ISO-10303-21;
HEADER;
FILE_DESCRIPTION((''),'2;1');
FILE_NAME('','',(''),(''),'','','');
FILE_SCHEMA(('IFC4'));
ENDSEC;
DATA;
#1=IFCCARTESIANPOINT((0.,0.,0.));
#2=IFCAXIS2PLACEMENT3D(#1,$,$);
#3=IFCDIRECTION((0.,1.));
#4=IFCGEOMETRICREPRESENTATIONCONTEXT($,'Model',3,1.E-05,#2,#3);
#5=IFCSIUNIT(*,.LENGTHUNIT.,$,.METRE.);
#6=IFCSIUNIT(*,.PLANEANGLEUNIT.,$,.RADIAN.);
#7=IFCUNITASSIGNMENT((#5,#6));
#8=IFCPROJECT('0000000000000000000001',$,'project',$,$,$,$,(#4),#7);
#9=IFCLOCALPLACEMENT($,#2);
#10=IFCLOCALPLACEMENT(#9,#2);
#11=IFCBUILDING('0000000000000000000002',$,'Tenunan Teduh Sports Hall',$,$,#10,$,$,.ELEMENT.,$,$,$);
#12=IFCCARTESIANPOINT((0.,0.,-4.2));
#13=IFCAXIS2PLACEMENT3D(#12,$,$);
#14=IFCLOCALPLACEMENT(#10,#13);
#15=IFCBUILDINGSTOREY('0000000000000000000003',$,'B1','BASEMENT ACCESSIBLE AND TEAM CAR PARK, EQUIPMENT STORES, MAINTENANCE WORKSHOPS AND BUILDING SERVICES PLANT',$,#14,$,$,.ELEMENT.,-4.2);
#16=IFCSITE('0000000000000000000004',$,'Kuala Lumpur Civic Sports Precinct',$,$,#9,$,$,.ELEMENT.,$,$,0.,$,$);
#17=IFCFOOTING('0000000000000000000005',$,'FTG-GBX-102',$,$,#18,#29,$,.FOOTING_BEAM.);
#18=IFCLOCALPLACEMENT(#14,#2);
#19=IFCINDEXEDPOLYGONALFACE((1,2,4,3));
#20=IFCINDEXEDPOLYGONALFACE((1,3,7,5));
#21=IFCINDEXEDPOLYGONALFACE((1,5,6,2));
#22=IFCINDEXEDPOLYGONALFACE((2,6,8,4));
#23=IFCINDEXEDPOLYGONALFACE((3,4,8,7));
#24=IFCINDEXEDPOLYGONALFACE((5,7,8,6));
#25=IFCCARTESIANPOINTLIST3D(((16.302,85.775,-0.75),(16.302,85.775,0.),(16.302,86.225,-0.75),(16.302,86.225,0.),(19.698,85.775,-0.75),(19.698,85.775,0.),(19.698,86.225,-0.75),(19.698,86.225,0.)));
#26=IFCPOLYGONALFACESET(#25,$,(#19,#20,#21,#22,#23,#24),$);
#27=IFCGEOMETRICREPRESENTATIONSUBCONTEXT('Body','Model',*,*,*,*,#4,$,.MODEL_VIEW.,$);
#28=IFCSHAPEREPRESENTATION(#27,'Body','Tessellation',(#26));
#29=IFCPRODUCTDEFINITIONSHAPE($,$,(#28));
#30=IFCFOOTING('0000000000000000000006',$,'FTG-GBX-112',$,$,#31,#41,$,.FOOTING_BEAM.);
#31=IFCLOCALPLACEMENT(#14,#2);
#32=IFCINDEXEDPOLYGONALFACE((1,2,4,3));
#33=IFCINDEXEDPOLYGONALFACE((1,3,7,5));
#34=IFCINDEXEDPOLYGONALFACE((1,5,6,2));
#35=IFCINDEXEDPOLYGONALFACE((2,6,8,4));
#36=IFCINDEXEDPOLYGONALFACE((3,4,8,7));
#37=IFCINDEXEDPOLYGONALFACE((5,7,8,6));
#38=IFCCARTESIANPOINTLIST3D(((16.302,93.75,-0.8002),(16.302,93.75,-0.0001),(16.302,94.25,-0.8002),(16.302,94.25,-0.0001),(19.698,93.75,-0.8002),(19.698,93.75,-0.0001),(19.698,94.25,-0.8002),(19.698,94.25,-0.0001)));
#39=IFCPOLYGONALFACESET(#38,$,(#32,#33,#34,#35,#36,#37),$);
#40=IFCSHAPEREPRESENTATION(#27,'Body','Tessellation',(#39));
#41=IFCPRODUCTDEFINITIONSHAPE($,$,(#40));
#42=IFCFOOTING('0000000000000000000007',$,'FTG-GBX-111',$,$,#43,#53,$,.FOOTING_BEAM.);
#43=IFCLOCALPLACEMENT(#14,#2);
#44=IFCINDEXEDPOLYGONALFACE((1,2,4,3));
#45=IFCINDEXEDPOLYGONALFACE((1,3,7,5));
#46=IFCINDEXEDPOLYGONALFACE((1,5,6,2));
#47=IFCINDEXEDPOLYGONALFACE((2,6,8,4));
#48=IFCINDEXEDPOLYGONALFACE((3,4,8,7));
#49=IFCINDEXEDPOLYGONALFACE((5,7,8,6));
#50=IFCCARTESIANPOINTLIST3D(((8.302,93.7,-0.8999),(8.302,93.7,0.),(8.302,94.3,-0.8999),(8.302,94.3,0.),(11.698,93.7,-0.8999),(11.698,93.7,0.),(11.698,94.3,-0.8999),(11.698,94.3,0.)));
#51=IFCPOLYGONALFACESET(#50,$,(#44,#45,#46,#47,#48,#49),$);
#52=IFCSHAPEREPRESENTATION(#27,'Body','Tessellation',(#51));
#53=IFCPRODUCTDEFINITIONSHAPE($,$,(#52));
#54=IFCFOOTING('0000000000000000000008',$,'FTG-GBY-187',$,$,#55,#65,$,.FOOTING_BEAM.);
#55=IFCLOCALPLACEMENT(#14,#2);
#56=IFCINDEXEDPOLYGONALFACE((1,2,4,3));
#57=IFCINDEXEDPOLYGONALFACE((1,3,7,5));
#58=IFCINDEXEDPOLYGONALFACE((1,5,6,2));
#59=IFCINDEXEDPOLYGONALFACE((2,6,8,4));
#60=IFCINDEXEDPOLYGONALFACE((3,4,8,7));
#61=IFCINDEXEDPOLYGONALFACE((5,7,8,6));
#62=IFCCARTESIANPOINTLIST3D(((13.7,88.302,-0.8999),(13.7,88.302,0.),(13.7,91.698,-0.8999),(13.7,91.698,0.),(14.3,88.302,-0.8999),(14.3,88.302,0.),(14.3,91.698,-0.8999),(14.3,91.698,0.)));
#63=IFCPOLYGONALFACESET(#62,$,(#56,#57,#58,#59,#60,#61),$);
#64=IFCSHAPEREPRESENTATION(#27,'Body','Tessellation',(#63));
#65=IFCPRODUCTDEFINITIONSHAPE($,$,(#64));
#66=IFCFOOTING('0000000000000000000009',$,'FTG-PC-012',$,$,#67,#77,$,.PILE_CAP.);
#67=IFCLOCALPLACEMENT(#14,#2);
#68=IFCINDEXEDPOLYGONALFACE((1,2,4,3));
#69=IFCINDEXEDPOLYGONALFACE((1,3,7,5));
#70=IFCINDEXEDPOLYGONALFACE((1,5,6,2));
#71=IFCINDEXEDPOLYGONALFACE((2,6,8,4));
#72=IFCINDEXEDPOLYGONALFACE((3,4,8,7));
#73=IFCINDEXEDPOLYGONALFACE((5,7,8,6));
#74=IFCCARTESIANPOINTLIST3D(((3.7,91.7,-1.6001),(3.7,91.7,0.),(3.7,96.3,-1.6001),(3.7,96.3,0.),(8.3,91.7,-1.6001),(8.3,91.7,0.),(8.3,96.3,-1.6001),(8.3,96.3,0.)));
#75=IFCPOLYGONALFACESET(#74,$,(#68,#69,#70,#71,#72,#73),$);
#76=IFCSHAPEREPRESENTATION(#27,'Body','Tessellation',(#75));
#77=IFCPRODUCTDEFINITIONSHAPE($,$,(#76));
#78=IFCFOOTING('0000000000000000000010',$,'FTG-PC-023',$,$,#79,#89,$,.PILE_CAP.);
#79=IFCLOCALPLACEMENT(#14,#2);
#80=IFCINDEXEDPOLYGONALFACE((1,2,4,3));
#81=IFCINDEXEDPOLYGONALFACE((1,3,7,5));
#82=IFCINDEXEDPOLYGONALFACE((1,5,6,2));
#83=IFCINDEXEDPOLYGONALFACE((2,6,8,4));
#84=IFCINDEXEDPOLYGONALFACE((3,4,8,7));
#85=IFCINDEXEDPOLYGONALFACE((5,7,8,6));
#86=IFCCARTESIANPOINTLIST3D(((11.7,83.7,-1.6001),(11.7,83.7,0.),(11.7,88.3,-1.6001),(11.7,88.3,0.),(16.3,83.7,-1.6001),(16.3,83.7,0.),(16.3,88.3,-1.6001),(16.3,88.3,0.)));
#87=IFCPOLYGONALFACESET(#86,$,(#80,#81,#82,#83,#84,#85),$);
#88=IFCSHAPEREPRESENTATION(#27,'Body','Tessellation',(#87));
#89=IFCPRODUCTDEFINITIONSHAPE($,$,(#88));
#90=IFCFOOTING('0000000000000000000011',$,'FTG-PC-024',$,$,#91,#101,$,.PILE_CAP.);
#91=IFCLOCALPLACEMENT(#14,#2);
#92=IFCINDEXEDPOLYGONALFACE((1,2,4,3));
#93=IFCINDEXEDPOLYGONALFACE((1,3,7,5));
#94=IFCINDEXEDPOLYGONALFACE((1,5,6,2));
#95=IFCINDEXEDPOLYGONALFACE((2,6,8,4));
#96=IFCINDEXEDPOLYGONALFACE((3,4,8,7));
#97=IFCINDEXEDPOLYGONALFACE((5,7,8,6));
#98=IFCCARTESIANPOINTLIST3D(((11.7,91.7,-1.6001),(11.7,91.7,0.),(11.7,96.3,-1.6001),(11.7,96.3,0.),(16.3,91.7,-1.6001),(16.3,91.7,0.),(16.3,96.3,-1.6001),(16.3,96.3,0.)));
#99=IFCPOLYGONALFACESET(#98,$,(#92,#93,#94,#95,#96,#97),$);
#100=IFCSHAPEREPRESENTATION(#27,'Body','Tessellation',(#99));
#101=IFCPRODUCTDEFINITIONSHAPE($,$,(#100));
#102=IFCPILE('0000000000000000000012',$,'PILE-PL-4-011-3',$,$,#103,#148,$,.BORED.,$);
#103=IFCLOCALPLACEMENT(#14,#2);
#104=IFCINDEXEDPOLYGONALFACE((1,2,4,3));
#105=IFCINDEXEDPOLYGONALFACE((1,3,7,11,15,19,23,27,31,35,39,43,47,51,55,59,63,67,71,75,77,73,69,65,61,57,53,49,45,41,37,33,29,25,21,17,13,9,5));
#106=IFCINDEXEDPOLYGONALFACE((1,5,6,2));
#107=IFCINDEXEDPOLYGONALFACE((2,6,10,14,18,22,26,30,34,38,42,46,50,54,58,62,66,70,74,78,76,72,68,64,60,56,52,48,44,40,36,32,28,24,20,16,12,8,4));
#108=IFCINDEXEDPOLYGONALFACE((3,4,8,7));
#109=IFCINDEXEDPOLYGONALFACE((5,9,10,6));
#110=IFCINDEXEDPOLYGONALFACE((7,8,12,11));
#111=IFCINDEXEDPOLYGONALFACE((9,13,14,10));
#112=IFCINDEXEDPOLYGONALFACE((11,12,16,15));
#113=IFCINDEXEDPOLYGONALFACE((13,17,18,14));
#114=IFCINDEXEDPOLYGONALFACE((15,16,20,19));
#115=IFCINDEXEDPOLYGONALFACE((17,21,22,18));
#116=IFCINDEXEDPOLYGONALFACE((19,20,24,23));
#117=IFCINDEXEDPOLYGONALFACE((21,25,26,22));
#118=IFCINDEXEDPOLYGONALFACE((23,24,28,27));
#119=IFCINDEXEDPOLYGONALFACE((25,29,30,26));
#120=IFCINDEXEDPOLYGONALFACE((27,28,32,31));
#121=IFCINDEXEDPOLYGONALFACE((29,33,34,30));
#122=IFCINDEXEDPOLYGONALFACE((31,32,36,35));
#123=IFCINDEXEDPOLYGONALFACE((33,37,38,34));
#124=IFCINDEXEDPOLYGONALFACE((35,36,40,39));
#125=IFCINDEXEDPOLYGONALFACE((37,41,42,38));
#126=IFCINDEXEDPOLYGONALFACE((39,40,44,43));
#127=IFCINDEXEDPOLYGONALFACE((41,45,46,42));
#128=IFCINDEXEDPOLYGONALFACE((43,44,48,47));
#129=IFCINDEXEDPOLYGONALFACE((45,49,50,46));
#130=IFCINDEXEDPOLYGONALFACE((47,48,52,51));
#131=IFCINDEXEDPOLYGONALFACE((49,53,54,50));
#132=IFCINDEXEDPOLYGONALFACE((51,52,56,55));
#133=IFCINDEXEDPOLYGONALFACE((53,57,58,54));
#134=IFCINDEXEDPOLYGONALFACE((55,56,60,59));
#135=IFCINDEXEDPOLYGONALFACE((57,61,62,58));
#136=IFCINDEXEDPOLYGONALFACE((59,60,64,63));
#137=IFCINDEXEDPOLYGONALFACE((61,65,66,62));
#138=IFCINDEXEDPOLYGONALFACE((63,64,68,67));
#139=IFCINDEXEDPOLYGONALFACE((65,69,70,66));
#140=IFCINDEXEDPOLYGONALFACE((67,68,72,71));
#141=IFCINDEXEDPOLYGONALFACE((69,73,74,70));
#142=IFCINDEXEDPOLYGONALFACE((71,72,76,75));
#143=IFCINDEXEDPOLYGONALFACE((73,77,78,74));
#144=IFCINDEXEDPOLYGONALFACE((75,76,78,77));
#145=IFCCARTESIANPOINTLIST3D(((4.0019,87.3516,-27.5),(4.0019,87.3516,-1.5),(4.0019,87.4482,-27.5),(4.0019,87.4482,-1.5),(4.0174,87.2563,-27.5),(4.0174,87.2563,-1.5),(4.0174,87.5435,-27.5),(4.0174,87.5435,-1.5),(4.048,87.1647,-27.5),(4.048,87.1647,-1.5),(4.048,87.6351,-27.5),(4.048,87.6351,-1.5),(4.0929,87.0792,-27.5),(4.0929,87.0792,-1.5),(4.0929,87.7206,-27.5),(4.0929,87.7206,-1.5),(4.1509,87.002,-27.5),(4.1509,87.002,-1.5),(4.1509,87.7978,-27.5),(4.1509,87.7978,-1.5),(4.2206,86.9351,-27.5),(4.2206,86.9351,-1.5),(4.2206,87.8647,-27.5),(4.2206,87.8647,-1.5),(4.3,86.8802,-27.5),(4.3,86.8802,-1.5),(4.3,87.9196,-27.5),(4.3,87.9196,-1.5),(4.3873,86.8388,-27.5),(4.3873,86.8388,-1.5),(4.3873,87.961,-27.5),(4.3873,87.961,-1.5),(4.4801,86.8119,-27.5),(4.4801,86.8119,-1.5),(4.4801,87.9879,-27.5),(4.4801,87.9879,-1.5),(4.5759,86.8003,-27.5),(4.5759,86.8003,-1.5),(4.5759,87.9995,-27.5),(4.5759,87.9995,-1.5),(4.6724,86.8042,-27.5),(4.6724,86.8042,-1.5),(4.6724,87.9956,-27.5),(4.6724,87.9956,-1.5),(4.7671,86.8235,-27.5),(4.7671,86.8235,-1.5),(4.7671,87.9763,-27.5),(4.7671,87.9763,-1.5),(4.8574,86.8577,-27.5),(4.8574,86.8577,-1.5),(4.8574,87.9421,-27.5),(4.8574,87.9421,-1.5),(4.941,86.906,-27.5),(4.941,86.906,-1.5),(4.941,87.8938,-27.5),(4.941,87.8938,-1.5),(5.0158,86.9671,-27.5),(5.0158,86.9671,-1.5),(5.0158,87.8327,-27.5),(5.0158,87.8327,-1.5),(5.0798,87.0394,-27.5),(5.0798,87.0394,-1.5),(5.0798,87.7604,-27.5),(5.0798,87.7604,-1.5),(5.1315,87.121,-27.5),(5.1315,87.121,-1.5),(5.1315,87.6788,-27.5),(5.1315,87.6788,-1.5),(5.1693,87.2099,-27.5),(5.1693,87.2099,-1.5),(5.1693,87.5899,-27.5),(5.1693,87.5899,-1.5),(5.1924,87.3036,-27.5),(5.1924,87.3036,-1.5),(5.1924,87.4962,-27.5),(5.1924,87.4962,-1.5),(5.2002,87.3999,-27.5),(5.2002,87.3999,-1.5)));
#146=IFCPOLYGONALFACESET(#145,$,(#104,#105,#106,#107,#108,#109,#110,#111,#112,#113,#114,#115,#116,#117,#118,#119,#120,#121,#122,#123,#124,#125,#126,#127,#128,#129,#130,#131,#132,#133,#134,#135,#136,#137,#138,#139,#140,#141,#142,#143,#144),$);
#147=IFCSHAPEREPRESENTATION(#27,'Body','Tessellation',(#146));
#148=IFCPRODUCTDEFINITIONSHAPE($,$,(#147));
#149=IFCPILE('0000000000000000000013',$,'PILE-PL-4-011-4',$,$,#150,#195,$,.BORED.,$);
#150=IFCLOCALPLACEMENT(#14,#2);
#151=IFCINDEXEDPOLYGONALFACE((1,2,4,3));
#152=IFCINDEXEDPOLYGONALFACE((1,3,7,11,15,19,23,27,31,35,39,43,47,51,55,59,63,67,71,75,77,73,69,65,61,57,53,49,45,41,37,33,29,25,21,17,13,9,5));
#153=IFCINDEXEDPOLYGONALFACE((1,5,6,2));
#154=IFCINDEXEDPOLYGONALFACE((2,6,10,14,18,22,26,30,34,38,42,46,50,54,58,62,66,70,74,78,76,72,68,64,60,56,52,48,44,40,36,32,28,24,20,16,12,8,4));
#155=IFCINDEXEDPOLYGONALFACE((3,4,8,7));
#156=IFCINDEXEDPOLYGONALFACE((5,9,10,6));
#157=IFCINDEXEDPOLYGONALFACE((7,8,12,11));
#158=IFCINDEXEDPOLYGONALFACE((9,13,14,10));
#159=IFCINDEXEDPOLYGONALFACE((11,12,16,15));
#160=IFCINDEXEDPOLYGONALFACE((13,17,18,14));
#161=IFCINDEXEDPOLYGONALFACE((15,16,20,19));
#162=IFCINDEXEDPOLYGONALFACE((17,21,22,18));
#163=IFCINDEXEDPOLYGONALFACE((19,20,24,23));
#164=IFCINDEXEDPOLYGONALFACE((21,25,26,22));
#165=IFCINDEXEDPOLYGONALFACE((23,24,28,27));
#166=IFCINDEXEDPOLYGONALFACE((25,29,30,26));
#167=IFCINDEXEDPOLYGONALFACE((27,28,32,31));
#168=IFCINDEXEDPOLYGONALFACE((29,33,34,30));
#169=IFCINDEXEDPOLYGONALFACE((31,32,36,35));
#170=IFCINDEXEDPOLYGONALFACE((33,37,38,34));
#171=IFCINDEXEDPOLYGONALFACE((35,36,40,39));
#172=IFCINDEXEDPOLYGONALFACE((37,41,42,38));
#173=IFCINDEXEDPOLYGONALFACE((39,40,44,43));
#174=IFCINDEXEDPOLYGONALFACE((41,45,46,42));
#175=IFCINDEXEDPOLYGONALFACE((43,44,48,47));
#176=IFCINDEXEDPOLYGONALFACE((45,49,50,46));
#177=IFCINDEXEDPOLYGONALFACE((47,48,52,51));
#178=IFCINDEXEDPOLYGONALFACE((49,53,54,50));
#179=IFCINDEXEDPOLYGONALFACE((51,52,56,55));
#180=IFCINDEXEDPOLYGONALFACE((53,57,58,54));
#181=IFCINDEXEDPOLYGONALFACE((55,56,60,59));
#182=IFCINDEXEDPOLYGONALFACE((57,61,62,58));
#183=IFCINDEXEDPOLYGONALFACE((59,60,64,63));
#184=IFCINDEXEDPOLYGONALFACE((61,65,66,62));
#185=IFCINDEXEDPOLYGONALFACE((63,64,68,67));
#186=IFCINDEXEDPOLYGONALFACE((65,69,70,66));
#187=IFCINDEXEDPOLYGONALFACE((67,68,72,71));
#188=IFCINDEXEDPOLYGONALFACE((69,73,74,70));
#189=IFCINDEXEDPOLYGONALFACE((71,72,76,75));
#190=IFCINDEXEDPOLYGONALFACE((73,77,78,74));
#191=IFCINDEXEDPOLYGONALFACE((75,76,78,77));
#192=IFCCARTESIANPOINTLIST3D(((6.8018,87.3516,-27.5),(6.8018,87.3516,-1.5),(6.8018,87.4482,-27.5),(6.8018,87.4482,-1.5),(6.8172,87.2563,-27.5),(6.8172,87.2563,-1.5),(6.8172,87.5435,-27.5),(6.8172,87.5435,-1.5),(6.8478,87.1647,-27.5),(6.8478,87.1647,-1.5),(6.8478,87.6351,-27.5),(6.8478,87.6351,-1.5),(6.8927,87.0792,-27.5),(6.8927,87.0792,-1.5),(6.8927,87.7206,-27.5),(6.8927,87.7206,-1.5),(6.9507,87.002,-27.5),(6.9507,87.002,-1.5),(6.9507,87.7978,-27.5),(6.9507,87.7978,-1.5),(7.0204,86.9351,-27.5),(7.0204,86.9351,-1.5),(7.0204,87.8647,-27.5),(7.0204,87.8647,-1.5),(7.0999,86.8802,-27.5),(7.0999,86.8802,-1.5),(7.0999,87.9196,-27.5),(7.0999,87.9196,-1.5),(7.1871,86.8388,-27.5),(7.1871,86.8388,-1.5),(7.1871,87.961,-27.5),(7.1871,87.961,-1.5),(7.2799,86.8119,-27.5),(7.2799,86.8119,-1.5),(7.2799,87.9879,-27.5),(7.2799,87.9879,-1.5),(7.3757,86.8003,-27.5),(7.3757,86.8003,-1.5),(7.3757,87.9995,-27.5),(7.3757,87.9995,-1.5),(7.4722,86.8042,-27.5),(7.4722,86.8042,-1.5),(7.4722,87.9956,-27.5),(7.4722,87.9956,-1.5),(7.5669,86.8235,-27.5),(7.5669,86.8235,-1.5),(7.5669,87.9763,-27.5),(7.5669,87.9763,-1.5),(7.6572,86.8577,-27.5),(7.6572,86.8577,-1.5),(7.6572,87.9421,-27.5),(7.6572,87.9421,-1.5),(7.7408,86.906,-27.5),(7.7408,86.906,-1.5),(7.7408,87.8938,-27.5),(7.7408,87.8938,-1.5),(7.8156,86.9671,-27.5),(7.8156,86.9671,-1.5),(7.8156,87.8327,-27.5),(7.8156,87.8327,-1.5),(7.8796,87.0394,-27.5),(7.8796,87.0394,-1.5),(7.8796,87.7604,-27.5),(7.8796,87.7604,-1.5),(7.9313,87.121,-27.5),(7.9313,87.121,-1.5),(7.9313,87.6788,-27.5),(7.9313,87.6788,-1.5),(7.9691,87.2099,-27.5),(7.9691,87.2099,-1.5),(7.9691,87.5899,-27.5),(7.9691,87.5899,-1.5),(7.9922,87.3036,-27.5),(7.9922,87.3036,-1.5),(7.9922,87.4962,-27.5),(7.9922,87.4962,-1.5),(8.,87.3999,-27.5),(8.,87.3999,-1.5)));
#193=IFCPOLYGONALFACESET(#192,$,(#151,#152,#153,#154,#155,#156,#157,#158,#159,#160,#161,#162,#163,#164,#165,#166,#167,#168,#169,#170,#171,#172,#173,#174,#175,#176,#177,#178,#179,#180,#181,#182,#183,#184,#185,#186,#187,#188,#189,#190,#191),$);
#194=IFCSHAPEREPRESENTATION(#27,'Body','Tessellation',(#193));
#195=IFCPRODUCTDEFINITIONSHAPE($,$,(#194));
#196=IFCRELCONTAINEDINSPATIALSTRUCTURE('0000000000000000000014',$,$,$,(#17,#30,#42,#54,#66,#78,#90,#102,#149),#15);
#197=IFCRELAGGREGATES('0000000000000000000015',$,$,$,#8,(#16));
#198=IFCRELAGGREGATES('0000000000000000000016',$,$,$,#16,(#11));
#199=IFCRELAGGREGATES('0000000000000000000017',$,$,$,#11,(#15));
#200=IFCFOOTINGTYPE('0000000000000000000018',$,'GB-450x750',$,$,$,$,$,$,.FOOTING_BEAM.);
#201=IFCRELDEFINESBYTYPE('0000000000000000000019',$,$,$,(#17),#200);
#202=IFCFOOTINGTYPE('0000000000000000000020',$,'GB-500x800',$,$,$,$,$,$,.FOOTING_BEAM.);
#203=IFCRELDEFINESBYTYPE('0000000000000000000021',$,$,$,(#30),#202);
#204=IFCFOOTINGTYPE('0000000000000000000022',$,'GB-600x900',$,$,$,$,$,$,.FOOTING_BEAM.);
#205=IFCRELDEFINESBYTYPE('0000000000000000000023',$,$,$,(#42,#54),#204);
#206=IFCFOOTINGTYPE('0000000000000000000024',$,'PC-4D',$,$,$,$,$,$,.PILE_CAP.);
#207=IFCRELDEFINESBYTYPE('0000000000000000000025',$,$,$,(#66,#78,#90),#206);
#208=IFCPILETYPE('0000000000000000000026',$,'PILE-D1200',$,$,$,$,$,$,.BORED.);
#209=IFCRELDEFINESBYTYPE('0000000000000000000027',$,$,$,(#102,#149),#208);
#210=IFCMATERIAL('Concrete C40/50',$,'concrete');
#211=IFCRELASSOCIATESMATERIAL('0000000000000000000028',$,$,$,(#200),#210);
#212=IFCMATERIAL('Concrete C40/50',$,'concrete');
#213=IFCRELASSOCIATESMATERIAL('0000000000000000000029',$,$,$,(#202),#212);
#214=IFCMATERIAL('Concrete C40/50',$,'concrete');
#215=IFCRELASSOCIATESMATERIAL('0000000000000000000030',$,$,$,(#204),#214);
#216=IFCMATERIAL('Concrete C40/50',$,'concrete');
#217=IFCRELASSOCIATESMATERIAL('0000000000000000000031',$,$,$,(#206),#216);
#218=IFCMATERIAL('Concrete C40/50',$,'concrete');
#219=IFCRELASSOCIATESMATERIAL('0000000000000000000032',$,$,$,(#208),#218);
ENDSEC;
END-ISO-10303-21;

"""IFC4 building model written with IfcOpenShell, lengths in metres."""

from ifc_helpers import new_model, si_unit, direction, frame, origin, origin_2d, place, context, subcontext, project, spatial, rectangle, circle, extrude, material, material_profile, profile_set, type_object, element, save


model = new_model("IFC4")

# Units and contexts
model_context = context("Model", 3, precision=1e-05, world=origin(), true_north=direction((0.0, 1.0)))
body_context = subcontext(model_context, "Body", "Model", "MODEL_VIEW")
ifc_project = project(units=[si_unit("LENGTHUNIT", "METRE"), si_unit("PLANEANGLEUNIT", "RADIAN")], contexts=[model_context])

# Site, building, storey
site_placement = place(None, origin())
site = spatial("IfcSite", under=ifc_project, at=site_placement, Name="Kuala Lumpur Civic Sports Precinct", CompositionType="ELEMENT", RefElevation=0.0)
building_placement = place(site_placement, origin())
building = spatial("IfcBuilding", under=site, at=building_placement, Name="Tenunan Teduh Sports Hall", CompositionType="ELEMENT")
storey_placement = place(building_placement, frame((0.0, 0.0, -4.2)))
storey = spatial("IfcBuildingStorey", under=building, at=storey_placement, Name="B1", Description="BASEMENT ACCESSIBLE AND TEAM CAR PARK, EQUIPMENT STORES, MAINTENANCE WORKSHOPS AND BUILDING SERVICES PLANT", CompositionType="ELEMENT", Elevation=-4.2)

# Footings
ifc_material_1 = material(Name="Concrete C40/50", Category="concrete")
ifc_material_profile_1 = material_profile(ifc_material_1, rectangle(XDim=0.45, YDim=0.75, at=origin_2d()), Name="RCB 450x750")
ifc_profile_set_1 = profile_set([ifc_material_profile_1], Name="Concrete C40/50")
footing_type_1 = type_object("IfcFootingType", Name="GB-450x750", PredefinedType="FOOTING_BEAM", material=ifc_profile_set_1)
footing_1_placement = place(storey_placement, frame((16.302, 86.0, -0.375), z_axis=(1.0, 0.0, 0.0), x_axis=(0.0, 1.0, 0.0)))
element("IfcFooting", 1, at=footing_1_placement, inside=storey, type_object=footing_type_1, Name="FTG-GBX-102", PredefinedType="FOOTING_BEAM", context=body_context, shape_type="SweptSolid", body=[
    extrude(rectangle(XDim=0.45, YDim=0.75, at=origin_2d()), origin(), (0.0, 0.0, 1.0), 3.396),
])
ifc_material_2 = material(Name="Concrete C40/50", Category="concrete")
ifc_material_profile_2 = material_profile(ifc_material_2, rectangle(XDim=0.5, YDim=0.8, at=origin_2d()), Name="RCB 500x800")
ifc_profile_set_2 = profile_set([ifc_material_profile_2], Name="Concrete C40/50")
footing_type_2 = type_object("IfcFootingType", Name="GB-500x800", PredefinedType="FOOTING_BEAM", material=ifc_profile_set_2)
footing_2_placement = place(storey_placement, frame((16.302, 94.0, -0.4001), z_axis=(1.0, 0.0, 0.0), x_axis=(0.0, 1.0, 0.0)))
element("IfcFooting", 2, at=footing_2_placement, inside=storey, type_object=footing_type_2, Name="FTG-GBX-112", PredefinedType="FOOTING_BEAM", context=body_context, shape_type="SweptSolid", body=[
    extrude(rectangle(XDim=0.5, YDim=0.8, at=origin_2d()), origin(), (0.0, 0.0, 1.0), 3.396),
])
ifc_material_3 = material(Name="Concrete C40/50", Category="concrete")
ifc_material_profile_3 = material_profile(ifc_material_3, rectangle(XDim=0.6001, YDim=0.8999, at=origin_2d()), Name="RCB 600x900")
ifc_profile_set_3 = profile_set([ifc_material_profile_3], Name="Concrete C40/50")
footing_type_3 = type_object("IfcFootingType", Name="GB-600x900", PredefinedType="FOOTING_BEAM", material=ifc_profile_set_3)
for number, where, z_axis, x_axis, name in (
    (3, (8.302, 94.0, -0.45), (1.0, 0.0, 0.0), (0.0, 1.0, 0.0), "FTG-GBX-111"),
    (4, (14.0, 88.302, -0.45), (0.0, 1.0, 0.0), (-1.0, 0.0, 0.0), "FTG-GBY-187"),
):
    element("IfcFooting", number, at=place(storey_placement, frame(where, z_axis=z_axis, x_axis=x_axis)), inside=storey, type_object=footing_type_3, Name=name, PredefinedType="FOOTING_BEAM", context=body_context, shape_type="SweptSolid", body=[
        extrude(rectangle(XDim=0.6001, YDim=0.8999, at=origin_2d()), origin(), (0.0, 0.0, 1.0), 3.396),
    ])
ifc_material_4 = material(Name="Concrete C40/50", Category="concrete")
footing_type_4 = type_object("IfcFootingType", Name="PC-4D", PredefinedType="PILE_CAP", material=ifc_material_4)
for number, where, z_axis, x_axis, name in (
    (5, (6.0, 94.0, -1.6001), (0.0, 0.0, 1.0), (1.0, 0.0, 0.0), "FTG-PC-012"),
    (6, (14.0, 86.0, -1.6001), (0.0, 0.0, 1.0), (1.0, 0.0, 0.0), "FTG-PC-023"),
    (7, (14.0, 94.0, -1.6001), (0.0, 0.0, 1.0), (1.0, 0.0, 0.0), "FTG-PC-024"),
):
    element("IfcFooting", number, at=place(storey_placement, frame(where, z_axis=z_axis, x_axis=x_axis)), inside=storey, type_object=footing_type_4, Name=name, PredefinedType="PILE_CAP", context=body_context, shape_type="SweptSolid", body=[
        extrude(rectangle(XDim=4.6001, YDim=4.6001, at=origin_2d()), origin(), (0.0, 0.0, 1.0), 1.6001),
    ])

# Piles
ifc_material_5 = material(Name="Concrete C40/50", Category="concrete")
ifc_material_profile_4 = material_profile(ifc_material_5, circle(Radius=0.6001, at=origin_2d()), Name="PILE D1200")
ifc_profile_set_4 = profile_set([ifc_material_profile_4], Name="Concrete C40/50")
pile_type = type_object("IfcPileType", Name="PILE-D1200", PredefinedType="BORED", material=ifc_profile_set_4)
for number, where, z_axis, x_axis, name in (
    (8, (4.6001, 87.3999, -1.5), (0.0, 0.0, -1.0), (1.0, 0.0, 0.0), "PILE-PL-4-011-3"),
    (9, (7.3999, 87.3999, -1.5), (0.0, 0.0, -1.0), (1.0, 0.0, 0.0), "PILE-PL-4-011-4"),
):
    element("IfcPile", number, at=place(storey_placement, frame(where, z_axis=z_axis, x_axis=x_axis)), inside=storey, type_object=pile_type, Name=name, PredefinedType="BORED", context=body_context, shape_type="SweptSolid", body=[
        extrude(circle(Radius=0.6001, at=origin_2d()), origin(), (0.0, 0.0, 1.0), 26.0),
    ])

save(model, "model.ifc")
